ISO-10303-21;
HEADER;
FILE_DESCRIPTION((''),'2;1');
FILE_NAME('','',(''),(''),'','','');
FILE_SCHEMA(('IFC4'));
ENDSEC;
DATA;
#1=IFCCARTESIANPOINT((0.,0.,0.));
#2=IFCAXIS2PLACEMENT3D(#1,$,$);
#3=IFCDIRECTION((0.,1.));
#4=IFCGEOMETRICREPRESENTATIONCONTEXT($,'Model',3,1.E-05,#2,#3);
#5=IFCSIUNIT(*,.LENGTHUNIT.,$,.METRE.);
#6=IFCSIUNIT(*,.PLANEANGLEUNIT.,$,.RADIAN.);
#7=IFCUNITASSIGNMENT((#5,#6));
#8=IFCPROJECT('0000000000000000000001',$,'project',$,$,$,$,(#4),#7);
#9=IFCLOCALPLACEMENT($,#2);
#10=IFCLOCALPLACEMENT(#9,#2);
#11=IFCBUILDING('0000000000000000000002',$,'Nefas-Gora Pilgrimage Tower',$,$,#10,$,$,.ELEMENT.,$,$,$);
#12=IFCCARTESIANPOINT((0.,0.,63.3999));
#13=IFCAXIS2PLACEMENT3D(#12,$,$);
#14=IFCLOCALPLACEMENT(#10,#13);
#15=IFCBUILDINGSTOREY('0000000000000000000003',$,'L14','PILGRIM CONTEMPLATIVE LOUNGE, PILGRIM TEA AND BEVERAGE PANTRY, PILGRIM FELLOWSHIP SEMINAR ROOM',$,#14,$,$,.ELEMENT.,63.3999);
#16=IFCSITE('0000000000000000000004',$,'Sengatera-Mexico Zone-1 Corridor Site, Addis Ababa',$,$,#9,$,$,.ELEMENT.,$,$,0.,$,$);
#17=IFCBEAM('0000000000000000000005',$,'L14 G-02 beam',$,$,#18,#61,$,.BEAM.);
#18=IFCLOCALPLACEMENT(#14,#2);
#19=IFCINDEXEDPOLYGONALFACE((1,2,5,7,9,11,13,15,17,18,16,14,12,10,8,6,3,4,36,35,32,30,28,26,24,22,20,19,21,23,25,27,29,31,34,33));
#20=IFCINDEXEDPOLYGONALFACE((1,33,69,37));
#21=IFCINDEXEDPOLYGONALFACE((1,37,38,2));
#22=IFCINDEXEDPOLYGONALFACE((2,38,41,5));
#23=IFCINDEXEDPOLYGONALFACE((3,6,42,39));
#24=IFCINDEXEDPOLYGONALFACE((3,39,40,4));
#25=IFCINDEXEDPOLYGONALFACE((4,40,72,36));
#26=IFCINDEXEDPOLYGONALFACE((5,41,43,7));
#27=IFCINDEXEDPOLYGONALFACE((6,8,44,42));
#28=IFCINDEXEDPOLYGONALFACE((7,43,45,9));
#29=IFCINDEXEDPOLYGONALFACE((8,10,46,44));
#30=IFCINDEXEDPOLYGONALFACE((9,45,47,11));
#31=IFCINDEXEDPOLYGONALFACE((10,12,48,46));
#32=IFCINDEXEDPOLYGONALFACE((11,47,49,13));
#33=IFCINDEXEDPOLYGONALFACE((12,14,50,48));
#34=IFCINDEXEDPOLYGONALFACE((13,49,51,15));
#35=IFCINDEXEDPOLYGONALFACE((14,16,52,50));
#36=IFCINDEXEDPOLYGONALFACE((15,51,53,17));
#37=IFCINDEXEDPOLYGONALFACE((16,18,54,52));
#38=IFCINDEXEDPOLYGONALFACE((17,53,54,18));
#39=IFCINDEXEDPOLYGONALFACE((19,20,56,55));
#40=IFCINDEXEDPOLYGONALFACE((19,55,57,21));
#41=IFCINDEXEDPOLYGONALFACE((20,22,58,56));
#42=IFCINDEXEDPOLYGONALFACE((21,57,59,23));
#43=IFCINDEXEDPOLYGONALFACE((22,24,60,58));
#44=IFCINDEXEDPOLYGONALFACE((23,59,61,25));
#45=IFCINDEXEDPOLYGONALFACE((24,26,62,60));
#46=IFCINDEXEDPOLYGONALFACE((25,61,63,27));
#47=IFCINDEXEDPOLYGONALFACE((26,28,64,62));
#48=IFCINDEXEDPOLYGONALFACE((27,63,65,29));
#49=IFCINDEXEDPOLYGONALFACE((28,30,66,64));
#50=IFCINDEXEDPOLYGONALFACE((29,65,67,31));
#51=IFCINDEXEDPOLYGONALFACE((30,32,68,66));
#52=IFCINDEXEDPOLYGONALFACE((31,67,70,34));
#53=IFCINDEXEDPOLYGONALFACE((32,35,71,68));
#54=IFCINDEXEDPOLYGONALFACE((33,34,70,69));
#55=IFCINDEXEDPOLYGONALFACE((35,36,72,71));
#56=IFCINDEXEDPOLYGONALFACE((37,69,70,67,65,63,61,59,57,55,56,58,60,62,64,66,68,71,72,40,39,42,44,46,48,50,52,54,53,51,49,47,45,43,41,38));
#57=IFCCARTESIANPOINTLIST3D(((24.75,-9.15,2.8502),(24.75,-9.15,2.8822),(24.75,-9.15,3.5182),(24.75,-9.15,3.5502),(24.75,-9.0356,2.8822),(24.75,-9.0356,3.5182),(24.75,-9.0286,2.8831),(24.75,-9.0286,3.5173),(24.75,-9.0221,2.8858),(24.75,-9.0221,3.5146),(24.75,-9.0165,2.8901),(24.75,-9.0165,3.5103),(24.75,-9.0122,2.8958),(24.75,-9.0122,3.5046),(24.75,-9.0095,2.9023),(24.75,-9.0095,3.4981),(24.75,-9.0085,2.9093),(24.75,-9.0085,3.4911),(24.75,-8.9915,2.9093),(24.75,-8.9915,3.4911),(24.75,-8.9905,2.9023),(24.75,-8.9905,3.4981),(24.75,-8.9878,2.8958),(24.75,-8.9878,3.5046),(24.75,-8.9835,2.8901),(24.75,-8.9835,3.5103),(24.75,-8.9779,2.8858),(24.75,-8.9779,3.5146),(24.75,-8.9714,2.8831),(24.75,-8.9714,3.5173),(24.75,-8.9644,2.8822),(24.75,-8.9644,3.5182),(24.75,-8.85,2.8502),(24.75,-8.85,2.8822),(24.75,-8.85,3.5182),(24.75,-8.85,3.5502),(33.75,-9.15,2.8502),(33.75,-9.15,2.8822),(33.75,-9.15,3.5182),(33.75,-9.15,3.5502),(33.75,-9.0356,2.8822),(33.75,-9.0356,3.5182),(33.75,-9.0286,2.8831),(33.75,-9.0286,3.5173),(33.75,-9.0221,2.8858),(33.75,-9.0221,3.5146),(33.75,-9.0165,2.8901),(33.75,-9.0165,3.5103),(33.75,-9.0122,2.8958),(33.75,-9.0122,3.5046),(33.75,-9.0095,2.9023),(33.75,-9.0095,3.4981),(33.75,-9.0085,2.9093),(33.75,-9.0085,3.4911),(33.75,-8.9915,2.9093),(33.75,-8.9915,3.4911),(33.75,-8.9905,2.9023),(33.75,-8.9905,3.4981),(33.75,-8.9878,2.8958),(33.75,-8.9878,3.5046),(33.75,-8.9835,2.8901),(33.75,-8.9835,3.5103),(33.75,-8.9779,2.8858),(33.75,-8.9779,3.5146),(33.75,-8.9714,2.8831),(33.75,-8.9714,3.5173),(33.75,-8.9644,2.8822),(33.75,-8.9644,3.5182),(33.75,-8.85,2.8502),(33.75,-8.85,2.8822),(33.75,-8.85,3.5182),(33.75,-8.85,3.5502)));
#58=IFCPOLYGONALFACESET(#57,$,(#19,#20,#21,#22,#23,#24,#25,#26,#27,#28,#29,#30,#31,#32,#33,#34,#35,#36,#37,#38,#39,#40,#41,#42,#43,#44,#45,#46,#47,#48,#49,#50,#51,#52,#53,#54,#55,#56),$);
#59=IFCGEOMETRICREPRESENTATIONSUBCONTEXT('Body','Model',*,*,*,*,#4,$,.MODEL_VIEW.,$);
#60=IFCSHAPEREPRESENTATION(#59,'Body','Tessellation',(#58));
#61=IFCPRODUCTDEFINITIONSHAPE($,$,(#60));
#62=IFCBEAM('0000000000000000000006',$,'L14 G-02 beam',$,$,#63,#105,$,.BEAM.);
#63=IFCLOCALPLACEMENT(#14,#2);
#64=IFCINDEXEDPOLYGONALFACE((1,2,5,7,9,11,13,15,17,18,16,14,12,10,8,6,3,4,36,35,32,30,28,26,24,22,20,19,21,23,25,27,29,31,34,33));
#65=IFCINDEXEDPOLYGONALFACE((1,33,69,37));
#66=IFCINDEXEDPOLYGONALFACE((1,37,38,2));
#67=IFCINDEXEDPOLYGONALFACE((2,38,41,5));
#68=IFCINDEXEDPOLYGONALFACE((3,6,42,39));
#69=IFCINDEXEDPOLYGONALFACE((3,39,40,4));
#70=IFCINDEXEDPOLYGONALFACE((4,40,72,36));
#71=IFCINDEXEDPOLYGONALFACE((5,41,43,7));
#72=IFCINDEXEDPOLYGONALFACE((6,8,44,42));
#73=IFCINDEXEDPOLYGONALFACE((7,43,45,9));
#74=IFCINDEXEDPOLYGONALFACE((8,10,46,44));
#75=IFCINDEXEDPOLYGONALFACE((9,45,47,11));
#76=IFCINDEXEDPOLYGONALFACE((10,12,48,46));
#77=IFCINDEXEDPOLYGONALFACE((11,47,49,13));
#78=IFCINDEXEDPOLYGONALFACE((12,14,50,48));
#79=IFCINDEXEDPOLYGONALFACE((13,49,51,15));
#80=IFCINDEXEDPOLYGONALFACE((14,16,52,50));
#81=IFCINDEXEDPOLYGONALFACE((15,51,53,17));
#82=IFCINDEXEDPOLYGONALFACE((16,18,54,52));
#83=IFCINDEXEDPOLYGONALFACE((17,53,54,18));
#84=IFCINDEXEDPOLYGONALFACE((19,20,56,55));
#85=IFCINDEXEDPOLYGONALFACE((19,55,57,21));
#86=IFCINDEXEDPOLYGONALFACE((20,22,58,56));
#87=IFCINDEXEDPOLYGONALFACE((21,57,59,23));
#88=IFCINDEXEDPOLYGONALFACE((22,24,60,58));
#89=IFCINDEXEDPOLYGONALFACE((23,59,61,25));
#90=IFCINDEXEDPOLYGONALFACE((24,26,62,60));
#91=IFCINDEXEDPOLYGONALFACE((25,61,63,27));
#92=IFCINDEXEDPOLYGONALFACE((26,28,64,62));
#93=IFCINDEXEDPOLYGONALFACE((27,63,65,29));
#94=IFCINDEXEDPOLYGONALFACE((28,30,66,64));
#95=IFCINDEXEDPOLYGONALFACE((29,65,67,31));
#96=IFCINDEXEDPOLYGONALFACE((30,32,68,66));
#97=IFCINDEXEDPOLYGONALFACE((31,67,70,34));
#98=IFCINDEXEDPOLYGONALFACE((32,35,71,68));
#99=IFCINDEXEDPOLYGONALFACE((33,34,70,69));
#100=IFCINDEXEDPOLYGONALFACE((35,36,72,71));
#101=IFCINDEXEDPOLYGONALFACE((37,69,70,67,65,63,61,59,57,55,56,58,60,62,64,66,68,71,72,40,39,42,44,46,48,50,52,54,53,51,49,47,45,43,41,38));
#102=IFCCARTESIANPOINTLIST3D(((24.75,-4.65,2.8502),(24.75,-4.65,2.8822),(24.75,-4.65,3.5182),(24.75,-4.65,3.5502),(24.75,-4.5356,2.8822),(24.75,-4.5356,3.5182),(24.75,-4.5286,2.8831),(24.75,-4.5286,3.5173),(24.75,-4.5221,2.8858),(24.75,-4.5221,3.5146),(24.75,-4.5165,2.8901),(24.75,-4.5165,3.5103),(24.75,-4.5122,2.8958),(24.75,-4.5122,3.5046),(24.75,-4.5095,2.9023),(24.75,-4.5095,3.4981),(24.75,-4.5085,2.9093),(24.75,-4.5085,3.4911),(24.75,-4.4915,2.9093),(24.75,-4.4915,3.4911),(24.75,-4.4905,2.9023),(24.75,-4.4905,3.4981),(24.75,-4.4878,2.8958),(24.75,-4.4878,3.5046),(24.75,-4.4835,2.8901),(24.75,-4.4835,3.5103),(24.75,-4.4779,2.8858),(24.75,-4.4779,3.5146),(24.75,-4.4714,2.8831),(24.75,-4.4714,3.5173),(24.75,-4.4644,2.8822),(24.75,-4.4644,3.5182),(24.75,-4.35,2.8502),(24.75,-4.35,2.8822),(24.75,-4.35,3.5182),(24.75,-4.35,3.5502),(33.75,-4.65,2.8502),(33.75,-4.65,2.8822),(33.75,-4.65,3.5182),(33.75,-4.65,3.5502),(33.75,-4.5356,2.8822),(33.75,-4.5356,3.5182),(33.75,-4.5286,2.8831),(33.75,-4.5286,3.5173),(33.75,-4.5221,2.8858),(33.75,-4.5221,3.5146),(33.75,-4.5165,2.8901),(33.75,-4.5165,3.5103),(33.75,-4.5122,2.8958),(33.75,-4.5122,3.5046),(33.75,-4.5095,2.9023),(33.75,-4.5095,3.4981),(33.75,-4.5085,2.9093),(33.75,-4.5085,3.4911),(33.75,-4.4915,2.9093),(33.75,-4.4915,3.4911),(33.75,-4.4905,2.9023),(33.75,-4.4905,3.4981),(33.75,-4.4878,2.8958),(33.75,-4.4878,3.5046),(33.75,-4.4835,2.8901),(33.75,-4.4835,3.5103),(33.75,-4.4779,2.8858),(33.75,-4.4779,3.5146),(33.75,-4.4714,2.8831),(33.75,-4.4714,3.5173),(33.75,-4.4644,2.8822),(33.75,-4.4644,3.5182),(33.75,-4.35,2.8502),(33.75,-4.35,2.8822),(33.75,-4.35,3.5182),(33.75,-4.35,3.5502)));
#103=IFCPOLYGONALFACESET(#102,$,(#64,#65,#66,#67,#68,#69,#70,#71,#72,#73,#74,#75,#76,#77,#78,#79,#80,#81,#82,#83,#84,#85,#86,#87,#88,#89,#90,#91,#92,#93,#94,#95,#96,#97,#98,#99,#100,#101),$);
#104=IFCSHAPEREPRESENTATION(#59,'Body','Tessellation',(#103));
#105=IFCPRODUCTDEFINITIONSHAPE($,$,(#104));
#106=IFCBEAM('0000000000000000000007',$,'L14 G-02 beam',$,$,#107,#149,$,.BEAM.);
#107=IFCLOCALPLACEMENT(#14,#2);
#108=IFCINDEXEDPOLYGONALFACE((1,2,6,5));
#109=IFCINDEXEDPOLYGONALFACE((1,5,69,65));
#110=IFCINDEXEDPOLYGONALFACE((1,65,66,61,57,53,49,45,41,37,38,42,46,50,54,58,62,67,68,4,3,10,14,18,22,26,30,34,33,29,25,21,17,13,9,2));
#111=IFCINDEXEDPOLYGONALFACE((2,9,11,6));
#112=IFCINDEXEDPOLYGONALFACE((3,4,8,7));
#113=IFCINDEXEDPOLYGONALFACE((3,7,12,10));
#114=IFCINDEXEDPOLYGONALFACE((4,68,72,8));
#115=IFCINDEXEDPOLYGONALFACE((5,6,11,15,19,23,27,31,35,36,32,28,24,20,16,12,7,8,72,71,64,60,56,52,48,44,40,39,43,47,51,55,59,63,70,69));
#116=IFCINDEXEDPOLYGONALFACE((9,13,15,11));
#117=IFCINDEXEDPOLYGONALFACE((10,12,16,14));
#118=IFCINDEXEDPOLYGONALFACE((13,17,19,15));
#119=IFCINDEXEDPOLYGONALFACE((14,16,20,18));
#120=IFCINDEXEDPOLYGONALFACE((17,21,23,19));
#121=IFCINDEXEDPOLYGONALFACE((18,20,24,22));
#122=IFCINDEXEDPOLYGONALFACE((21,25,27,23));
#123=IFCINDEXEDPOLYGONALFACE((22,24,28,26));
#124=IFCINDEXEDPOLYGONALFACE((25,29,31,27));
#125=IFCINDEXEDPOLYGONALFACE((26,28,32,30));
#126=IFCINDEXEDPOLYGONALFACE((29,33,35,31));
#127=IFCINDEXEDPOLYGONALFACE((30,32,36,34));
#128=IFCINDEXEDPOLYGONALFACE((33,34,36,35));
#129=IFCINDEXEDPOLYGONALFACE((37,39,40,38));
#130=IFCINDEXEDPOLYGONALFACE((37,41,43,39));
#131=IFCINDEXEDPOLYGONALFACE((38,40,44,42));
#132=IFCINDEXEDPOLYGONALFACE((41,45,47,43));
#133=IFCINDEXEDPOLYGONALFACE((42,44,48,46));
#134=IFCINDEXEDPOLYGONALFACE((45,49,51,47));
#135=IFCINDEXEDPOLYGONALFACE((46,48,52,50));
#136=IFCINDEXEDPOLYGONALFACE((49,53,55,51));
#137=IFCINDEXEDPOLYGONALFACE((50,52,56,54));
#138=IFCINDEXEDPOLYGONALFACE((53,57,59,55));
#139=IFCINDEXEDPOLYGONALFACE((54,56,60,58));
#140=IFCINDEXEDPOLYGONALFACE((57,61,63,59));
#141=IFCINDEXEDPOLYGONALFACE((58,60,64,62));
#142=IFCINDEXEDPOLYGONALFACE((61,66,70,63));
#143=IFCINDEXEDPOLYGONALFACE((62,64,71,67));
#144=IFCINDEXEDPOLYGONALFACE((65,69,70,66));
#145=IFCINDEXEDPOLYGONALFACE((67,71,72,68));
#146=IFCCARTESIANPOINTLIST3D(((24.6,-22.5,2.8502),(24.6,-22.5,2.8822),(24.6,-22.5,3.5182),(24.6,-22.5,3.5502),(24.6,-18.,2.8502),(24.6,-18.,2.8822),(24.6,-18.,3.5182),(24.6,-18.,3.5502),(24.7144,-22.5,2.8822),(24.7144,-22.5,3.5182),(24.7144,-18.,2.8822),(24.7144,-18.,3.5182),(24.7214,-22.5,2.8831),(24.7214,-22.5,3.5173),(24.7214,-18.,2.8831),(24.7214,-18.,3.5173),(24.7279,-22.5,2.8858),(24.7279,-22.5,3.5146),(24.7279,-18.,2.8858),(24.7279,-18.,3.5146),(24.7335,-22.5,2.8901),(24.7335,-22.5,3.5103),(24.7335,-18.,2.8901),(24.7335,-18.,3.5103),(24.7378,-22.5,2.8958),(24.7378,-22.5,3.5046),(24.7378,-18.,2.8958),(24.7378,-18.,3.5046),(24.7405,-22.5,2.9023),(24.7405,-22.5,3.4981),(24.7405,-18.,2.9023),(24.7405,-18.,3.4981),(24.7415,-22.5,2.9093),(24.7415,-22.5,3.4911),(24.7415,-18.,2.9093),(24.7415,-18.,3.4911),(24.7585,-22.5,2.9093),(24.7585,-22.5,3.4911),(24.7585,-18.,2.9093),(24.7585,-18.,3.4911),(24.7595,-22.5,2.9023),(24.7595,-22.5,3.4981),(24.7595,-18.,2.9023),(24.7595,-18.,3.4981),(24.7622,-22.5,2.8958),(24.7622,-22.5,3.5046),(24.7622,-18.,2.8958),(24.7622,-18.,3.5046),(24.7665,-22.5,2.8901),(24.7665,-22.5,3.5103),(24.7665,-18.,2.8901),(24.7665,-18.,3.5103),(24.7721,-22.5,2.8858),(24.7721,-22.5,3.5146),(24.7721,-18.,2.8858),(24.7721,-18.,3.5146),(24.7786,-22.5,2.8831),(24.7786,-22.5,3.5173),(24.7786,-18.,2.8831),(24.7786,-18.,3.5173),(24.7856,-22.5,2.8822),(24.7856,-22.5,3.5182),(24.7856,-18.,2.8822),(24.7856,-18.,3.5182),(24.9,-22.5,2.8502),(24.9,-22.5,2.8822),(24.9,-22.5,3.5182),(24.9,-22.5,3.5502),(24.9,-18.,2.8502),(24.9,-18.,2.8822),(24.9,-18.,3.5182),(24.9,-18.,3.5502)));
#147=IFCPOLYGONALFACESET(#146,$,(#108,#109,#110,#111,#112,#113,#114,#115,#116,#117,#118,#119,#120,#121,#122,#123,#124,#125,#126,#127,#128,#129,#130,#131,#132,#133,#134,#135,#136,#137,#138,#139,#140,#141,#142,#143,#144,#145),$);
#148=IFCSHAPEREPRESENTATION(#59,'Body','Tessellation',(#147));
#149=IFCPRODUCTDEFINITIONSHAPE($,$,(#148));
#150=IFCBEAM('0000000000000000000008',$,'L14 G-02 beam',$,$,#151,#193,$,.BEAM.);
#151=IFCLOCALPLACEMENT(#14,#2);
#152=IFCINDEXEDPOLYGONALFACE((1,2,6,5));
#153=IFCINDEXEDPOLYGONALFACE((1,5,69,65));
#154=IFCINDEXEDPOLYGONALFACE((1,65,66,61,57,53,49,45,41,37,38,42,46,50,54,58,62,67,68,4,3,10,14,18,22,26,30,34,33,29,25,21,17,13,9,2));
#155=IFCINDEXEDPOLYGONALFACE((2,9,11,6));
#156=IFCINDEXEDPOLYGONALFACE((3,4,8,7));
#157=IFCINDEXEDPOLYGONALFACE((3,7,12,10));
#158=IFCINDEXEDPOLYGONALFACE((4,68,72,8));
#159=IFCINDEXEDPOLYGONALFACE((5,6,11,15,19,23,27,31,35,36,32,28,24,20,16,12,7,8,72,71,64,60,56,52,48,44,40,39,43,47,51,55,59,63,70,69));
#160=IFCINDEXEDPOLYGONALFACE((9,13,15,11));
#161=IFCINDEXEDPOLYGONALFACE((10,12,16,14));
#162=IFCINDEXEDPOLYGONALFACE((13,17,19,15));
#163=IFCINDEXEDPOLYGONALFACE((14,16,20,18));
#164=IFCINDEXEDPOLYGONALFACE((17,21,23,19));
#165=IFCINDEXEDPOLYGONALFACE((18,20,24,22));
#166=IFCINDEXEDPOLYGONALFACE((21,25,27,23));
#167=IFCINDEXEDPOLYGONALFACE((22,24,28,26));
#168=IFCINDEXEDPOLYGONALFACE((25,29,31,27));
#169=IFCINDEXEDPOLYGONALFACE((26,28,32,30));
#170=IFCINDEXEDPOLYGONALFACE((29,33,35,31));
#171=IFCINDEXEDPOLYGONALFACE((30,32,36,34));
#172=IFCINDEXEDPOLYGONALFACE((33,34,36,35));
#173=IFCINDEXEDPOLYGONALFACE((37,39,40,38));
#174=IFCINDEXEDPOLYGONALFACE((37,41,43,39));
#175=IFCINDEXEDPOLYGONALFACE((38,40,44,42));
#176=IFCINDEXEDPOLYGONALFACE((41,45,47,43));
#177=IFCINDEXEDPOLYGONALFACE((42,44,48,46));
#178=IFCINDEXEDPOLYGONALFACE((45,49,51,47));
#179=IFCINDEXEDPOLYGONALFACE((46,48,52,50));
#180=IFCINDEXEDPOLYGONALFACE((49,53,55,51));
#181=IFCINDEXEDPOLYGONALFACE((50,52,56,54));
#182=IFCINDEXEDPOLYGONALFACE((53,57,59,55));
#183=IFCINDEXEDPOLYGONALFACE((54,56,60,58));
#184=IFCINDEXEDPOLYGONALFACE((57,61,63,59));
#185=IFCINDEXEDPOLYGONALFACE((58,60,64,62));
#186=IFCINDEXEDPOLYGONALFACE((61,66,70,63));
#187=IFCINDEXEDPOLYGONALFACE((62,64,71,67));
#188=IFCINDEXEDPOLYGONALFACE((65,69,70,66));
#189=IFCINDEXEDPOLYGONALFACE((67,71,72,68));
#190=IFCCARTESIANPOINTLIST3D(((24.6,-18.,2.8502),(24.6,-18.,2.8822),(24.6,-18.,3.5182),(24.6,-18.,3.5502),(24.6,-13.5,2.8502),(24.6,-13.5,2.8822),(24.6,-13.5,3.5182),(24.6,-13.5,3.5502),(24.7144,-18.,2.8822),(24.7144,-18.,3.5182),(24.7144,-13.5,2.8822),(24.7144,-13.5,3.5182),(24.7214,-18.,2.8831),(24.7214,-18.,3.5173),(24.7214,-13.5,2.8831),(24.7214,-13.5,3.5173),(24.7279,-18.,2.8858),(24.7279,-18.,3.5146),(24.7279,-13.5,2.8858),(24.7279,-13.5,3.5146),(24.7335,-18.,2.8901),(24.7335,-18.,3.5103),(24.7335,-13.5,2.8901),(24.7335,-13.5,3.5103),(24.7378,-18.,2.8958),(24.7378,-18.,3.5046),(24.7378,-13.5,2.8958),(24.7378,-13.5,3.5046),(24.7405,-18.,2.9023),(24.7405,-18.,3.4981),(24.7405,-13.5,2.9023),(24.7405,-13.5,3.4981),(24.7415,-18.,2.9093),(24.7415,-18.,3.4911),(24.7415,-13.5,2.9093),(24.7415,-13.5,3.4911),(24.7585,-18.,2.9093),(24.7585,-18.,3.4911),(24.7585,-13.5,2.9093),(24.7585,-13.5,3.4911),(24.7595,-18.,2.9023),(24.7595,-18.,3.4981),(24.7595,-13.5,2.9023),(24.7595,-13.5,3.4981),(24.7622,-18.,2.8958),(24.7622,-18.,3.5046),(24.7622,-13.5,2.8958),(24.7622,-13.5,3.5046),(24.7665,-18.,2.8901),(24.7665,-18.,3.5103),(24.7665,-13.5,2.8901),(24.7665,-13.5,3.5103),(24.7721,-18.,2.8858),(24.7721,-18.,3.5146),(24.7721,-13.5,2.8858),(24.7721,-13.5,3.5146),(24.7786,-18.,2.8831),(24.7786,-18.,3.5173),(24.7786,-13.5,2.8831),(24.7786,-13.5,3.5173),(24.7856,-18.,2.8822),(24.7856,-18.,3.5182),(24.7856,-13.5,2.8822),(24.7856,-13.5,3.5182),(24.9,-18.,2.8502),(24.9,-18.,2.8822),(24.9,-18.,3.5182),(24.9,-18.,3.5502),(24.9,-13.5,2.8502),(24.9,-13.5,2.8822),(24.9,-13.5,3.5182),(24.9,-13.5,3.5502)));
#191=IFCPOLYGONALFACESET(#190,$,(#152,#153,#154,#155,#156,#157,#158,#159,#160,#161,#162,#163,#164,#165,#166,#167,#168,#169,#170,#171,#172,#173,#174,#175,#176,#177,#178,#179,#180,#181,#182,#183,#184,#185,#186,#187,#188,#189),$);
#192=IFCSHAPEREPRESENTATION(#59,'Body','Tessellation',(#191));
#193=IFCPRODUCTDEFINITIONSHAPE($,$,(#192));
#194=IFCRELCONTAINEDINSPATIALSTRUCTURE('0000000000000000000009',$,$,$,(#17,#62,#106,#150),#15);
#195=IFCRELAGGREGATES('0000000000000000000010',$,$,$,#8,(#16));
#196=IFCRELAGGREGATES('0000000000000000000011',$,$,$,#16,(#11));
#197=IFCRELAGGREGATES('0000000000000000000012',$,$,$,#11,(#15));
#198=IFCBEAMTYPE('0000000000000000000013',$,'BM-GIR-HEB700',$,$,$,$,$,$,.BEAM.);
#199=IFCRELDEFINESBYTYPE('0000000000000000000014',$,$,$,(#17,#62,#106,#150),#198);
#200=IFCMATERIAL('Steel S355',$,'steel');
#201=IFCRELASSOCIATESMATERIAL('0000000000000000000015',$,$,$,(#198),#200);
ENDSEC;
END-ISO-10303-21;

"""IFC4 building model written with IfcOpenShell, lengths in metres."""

from ifc_helpers import new_model, si_unit, direction, frame, origin, origin_2d, place, context, subcontext, project, spatial, i_section, extrude, source, transform, mapped, material, material_profile, profile_set, type_object, element, save


model = new_model("IFC4")

# Units and contexts
model_context = context("Model", 3, precision=1e-05, world=origin(), true_north=direction((0.0, 1.0)))
body_context = subcontext(model_context, "Body", "Model", "MODEL_VIEW")
ifc_project = project(units=[si_unit("LENGTHUNIT", "METRE"), si_unit("PLANEANGLEUNIT", "RADIAN")], contexts=[model_context])

# Site, building, storey
site_placement = place(None, origin())
site = spatial("IfcSite", under=ifc_project, at=site_placement, Name="Sengatera-Mexico Zone-1 Corridor Site, Addis Ababa", CompositionType="ELEMENT", RefElevation=0.0)
building_placement = place(site_placement, origin())
building = spatial("IfcBuilding", under=site, at=building_placement, Name="Nefas-Gora Pilgrimage Tower", CompositionType="ELEMENT")
storey_placement = place(building_placement, frame((0.0, 0.0, 63.3999)))
storey = spatial("IfcBuildingStorey", under=building, at=storey_placement, Name="L14", Description="PILGRIM CONTEMPLATIVE LOUNGE, PILGRIM TEA AND BEVERAGE PANTRY, PILGRIM FELLOWSHIP SEMINAR ROOM", CompositionType="ELEMENT", Elevation=63.3999)

# Beams
ifc_material_1 = material(Name="Steel S355", Category="steel")
ifc_material_profile_1 = material_profile(ifc_material_1, i_section(OverallWidth=0.3, OverallDepth=0.7, WebThickness=0.0171, FlangeThickness=0.032, FilletRadius=0.0271, at=origin_2d()), Name="HEB 700")
ifc_profile_set_1 = profile_set([ifc_material_profile_1], Name="Steel S355")
beam_type_1 = type_object("IfcBeamType", Name="BM-GIR-HEB700", PredefinedType="BEAM", material=ifc_profile_set_1)
shared_shape_1 = source(origin(), body_context, "Body", "SweptSolid", [
    extrude(i_section(OverallWidth=0.3, OverallDepth=0.7, WebThickness=0.0171, FlangeThickness=0.032, FilletRadius=0.0271, at=origin_2d()), origin(), (0.0, 0.0, 1.0), 9.0),
])
for number, where, z_axis, x_axis, name in (
    (1, (24.75, -9.0, 3.2002), (1.0, 0.0, 0.0), (0.0, 1.0, 0.0), "L14 G-02 beam"),
    (2, (24.75, -4.5, 3.2002), (1.0, 0.0, 0.0), (0.0, 1.0, 0.0), "L14 G-02 beam"),
):
    element("IfcBeam", number, at=place(storey_placement, frame(where, z_axis=z_axis, x_axis=x_axis)), inside=storey, type_object=beam_type_1, Name=name, PredefinedType="BEAM", context=body_context, shape_type="MappedRepresentation", body=[
        mapped(shared_shape_1, transform((0.0, 0.0, 0.0), x_axis=(1.0, 0.0, 0.0), y_axis=(0.0, 1.0, 0.0), z_axis=(0.0, 0.0, 1.0), scale=1.0)),
    ])
shared_shape_2 = source(origin(), body_context, "Body", "SweptSolid", [
    extrude(i_section(OverallWidth=0.3, OverallDepth=0.7, WebThickness=0.0171, FlangeThickness=0.032, FilletRadius=0.0271, at=origin_2d()), origin(), (0.0, 0.0, 1.0), 4.5),
])
for number, where, z_axis, x_axis, name in (
    (3, (24.75, -22.5, 3.2002), (0.0, 1.0, 0.0), (-1.0, 0.0, 0.0), "L14 G-02 beam"),
    (4, (24.75, -18.0, 3.2002), (0.0, 1.0, 0.0), (-1.0, 0.0, 0.0), "L14 G-02 beam"),
):
    element("IfcBeam", number, at=place(storey_placement, frame(where, z_axis=z_axis, x_axis=x_axis)), inside=storey, type_object=beam_type_1, Name=name, PredefinedType="BEAM", context=body_context, shape_type="MappedRepresentation", body=[
        mapped(shared_shape_2, transform((0.0, 0.0, 0.0), x_axis=(1.0, 0.0, 0.0), y_axis=(0.0, 1.0, 0.0), z_axis=(0.0, 0.0, 1.0), scale=1.0)),
    ])

save(model, "model.ifc")
